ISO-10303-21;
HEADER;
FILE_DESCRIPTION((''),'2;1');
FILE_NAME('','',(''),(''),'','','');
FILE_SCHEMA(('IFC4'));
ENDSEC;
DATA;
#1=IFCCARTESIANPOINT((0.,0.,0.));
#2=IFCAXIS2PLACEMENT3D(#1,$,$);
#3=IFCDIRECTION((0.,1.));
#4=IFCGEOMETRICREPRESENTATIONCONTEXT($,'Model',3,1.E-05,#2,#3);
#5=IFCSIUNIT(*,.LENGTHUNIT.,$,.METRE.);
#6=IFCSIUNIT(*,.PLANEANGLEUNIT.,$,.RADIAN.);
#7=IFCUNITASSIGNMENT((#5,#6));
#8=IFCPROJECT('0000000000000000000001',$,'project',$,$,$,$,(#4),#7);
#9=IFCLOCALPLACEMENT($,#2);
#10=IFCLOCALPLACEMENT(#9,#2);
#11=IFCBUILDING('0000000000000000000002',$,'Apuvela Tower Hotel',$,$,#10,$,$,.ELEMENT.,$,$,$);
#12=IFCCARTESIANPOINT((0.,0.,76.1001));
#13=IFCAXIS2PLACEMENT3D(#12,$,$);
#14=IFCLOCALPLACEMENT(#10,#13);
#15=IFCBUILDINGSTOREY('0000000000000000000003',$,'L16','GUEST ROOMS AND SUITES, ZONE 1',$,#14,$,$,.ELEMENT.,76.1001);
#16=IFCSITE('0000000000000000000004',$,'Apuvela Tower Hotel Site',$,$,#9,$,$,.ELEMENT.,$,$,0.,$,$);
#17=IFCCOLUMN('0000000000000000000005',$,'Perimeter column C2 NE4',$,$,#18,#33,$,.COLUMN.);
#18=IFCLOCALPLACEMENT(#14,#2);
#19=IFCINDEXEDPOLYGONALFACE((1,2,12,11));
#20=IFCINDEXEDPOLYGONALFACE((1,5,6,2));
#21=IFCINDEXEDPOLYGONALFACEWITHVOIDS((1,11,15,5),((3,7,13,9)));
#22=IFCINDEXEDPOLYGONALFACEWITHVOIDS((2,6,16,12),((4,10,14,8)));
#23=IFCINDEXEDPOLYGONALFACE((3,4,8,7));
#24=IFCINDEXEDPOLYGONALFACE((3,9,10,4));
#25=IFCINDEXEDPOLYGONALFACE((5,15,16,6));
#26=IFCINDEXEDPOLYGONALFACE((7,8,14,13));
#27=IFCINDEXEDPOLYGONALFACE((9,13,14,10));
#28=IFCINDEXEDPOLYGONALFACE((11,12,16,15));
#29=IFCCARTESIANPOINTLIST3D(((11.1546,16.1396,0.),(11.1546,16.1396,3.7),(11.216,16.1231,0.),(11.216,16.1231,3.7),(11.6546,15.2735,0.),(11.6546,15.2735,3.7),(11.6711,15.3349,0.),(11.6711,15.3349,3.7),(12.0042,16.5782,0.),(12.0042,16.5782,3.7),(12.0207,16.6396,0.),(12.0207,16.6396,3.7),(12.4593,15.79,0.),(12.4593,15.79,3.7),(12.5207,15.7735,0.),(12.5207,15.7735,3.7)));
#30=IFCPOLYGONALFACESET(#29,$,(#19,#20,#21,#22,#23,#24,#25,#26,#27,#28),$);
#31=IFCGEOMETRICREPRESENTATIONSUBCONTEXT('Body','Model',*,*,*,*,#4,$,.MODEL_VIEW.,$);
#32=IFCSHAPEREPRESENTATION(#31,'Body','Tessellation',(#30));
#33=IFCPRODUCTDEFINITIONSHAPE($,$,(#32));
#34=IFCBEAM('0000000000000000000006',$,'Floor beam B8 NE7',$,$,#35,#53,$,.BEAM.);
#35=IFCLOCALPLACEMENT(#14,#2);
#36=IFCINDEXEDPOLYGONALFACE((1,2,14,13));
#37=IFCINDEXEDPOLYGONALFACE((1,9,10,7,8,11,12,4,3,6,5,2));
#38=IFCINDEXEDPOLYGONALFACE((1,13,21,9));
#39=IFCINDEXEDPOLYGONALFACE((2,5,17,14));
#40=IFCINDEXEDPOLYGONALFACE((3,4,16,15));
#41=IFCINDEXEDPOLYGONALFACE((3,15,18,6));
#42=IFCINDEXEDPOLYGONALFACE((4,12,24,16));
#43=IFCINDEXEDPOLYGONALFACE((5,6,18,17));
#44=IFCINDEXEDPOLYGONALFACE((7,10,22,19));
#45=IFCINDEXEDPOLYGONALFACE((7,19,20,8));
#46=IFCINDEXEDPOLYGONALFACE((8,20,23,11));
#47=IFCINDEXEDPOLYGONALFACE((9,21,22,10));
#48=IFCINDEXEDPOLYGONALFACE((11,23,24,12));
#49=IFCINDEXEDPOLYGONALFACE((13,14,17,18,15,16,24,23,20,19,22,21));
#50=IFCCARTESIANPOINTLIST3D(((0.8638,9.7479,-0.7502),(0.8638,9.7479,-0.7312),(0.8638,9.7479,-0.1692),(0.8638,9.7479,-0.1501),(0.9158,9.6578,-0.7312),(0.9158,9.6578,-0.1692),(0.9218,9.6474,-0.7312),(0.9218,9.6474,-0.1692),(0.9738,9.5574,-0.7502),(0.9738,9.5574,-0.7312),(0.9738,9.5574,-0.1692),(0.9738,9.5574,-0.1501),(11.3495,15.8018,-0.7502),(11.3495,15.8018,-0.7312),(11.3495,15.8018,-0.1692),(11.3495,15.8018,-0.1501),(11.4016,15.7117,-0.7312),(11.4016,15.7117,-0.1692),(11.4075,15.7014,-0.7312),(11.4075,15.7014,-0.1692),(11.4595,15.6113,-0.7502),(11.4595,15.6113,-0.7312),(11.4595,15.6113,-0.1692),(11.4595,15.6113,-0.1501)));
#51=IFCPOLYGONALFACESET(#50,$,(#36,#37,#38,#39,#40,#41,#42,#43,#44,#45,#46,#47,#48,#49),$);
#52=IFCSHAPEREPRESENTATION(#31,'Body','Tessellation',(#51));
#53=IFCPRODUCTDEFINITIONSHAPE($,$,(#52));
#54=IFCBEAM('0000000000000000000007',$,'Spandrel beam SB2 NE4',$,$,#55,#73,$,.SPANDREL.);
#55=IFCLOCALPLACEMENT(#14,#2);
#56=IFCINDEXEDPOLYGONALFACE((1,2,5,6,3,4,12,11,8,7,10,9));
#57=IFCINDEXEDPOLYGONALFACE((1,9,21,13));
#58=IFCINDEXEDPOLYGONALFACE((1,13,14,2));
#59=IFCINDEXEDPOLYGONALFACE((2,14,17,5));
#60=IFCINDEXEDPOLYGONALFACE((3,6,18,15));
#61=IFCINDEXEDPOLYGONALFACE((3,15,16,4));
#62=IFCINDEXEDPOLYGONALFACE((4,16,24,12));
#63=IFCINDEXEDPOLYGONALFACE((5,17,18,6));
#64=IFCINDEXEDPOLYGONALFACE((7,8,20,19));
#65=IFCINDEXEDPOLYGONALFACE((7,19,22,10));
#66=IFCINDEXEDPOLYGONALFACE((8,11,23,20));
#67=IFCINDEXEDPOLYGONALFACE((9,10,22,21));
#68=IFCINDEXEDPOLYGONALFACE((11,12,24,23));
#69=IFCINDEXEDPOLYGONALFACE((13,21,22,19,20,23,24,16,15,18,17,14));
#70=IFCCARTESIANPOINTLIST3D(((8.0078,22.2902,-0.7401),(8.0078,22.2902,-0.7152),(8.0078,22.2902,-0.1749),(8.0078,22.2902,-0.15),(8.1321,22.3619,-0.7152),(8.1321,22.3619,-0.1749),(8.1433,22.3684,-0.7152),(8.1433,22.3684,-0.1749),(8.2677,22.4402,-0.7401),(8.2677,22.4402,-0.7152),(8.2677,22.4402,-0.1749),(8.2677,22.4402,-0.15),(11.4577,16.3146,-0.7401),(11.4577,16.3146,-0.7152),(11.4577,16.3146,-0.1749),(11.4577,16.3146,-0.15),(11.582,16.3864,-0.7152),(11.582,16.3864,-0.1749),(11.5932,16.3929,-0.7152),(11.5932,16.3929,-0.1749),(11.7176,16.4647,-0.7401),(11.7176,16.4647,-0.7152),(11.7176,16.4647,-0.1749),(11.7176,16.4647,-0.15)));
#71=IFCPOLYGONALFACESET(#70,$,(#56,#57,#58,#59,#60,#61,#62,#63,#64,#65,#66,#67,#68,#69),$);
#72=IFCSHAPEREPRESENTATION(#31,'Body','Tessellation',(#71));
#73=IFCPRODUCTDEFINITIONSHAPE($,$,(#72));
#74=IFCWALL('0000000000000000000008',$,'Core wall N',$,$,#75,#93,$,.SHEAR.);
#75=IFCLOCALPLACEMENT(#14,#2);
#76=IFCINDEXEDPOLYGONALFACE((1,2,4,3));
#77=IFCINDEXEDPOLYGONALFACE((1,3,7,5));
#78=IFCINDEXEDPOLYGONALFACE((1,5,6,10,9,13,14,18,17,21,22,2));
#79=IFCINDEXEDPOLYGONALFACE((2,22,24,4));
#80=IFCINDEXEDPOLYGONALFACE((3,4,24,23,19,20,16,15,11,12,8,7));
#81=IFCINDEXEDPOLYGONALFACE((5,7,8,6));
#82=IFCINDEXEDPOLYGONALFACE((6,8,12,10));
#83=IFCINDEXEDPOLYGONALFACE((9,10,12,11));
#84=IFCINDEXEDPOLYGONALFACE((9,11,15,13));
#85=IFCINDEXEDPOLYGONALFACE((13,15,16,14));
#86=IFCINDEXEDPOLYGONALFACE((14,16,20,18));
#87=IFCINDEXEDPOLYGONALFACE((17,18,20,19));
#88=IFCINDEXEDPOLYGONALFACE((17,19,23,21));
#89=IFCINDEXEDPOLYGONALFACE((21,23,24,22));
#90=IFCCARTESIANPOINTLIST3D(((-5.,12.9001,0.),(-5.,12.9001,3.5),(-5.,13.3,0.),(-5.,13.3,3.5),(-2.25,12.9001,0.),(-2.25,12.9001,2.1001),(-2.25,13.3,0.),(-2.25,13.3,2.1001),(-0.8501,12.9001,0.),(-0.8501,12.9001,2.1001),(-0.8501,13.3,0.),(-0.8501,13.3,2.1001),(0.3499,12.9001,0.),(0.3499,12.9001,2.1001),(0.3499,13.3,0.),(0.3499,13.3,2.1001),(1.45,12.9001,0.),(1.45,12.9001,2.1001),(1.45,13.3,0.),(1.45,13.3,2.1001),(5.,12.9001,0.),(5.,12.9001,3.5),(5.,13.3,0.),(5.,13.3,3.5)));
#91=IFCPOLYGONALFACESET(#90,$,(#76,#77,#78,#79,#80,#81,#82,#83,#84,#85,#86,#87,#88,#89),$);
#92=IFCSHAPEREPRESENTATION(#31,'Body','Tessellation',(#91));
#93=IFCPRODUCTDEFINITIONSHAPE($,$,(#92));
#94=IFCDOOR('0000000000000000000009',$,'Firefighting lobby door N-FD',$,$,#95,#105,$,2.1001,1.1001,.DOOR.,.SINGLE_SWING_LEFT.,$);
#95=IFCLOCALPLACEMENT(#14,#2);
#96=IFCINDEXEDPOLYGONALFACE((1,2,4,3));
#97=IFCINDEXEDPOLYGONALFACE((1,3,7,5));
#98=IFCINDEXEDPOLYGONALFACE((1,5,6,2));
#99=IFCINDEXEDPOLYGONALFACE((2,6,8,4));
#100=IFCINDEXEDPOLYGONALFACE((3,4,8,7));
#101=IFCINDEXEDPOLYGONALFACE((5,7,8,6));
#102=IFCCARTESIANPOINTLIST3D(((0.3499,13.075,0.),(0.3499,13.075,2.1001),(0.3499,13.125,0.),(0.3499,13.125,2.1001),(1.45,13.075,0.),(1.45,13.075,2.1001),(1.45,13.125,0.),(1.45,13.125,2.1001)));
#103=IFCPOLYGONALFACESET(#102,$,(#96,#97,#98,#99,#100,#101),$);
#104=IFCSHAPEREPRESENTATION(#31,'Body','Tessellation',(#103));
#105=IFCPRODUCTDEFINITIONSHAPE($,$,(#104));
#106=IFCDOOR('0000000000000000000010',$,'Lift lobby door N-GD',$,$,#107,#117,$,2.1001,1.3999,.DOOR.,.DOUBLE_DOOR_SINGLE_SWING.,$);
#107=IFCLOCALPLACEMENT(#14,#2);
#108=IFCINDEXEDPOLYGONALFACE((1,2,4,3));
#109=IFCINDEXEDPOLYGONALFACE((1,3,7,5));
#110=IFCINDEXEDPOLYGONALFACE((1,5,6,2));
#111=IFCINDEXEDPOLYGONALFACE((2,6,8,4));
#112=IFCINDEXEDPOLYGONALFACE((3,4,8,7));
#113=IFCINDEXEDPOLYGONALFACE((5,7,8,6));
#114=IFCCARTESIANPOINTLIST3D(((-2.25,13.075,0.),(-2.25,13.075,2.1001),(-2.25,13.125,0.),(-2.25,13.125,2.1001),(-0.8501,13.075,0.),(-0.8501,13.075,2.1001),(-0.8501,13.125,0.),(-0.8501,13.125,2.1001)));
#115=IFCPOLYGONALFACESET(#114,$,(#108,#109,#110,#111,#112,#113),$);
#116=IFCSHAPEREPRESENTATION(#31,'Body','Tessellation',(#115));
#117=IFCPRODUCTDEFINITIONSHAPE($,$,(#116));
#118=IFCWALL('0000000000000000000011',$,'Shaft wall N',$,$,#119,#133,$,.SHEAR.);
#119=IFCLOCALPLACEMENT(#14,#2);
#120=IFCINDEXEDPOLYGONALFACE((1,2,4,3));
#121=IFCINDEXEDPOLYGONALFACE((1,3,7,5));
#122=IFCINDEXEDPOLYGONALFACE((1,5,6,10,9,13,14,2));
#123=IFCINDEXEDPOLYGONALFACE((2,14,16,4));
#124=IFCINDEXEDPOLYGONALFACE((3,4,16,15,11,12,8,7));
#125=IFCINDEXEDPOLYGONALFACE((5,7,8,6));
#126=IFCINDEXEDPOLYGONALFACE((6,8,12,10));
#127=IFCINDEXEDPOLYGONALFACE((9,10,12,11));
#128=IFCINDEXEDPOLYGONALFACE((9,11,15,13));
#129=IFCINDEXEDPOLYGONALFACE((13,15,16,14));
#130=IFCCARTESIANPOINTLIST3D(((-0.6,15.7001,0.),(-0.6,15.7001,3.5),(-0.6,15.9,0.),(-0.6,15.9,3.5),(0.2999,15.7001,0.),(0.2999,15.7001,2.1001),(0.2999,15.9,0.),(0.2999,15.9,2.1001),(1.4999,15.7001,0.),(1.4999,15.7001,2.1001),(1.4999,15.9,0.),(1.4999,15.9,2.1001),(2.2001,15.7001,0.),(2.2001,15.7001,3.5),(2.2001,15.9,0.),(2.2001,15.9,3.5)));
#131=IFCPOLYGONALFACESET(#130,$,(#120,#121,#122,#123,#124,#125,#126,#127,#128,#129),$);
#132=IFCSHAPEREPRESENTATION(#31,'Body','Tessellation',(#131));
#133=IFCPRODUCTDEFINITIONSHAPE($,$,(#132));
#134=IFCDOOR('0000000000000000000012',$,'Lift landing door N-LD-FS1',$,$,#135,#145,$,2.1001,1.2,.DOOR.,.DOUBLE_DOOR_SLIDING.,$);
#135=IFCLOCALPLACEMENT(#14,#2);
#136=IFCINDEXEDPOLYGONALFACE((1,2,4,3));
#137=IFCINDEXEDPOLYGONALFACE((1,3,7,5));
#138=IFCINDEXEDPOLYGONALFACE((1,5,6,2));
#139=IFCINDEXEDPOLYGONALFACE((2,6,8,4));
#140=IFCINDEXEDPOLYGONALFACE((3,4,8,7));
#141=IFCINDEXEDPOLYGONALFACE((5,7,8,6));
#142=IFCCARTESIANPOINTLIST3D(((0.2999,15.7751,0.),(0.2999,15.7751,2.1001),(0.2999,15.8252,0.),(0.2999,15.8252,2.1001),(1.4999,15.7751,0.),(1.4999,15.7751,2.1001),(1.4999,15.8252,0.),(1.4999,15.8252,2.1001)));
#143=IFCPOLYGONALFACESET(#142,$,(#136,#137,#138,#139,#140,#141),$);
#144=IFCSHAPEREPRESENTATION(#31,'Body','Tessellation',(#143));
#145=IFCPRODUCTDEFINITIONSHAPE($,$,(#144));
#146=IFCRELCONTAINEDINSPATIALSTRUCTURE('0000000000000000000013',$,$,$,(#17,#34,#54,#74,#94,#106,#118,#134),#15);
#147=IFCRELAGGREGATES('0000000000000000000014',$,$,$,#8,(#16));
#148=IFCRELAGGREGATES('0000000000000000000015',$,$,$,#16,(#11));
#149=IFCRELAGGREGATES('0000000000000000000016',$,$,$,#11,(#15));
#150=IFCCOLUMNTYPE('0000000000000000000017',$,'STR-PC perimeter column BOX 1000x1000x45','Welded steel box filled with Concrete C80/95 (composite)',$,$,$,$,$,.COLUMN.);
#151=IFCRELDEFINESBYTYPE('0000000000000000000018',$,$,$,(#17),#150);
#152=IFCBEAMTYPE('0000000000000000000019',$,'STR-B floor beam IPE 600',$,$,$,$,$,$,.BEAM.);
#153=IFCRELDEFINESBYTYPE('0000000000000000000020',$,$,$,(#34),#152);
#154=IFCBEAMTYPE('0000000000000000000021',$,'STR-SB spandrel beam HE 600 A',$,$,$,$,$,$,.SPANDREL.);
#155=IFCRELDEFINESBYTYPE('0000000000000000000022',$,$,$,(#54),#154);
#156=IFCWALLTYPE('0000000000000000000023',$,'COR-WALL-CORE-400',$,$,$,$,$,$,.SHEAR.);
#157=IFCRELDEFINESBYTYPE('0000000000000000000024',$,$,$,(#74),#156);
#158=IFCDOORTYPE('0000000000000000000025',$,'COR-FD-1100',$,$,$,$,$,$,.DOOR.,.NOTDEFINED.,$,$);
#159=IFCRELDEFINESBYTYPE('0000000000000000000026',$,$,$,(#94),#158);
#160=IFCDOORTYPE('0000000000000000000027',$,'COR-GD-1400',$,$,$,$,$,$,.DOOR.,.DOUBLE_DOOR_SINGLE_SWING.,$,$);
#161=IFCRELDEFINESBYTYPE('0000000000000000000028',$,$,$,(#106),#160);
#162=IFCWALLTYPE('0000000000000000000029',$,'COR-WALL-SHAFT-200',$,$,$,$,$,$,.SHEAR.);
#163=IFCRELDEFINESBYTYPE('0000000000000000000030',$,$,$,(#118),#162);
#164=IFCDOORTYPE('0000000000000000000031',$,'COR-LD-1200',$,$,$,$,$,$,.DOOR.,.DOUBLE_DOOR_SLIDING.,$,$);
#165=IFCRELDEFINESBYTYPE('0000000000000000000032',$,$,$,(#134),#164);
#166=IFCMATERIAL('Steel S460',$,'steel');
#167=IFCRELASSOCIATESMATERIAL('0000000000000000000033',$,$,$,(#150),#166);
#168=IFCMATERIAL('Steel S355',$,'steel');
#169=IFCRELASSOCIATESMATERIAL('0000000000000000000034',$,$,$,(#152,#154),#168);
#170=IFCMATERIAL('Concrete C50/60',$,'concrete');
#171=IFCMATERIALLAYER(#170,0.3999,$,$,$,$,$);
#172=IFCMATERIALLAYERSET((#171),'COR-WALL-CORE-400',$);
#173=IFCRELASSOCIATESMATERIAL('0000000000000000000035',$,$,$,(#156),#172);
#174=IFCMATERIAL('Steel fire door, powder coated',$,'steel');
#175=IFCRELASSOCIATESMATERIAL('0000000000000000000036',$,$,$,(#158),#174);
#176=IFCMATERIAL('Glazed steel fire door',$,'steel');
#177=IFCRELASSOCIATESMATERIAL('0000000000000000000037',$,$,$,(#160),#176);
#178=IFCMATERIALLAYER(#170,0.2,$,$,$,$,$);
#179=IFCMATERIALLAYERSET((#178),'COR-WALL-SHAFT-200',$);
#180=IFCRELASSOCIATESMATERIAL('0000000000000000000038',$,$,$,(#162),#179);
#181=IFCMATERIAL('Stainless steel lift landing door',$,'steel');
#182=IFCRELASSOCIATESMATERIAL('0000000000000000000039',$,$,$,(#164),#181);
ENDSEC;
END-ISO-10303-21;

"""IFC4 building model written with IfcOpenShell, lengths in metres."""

from ifc_helpers import new_model, si_unit, direction, frame, frame_2d, origin, origin_2d, place, context, subcontext, project, spatial, rectangle, hollow_rectangle, i_section, extrude, material, layer, layer_set, material_profile, profile_set, type_object, element, fill, save


model = new_model("IFC4")

# Units and contexts
model_context = context("Model", 3, precision=1e-05, world=origin(), true_north=direction((0.0, 1.0)))
body_context = subcontext(model_context, "Body", "Model", "MODEL_VIEW")
ifc_project = project(units=[si_unit("LENGTHUNIT", "METRE"), si_unit("PLANEANGLEUNIT", "RADIAN")], contexts=[model_context])

# Site, building, storey
site_placement = place(None, origin())
site = spatial("IfcSite", under=ifc_project, at=site_placement, Name="Apuvela Tower Hotel Site", CompositionType="ELEMENT", RefElevation=0.0)
building_placement = place(site_placement, origin())
building = spatial("IfcBuilding", under=site, at=building_placement, Name="Apuvela Tower Hotel", CompositionType="ELEMENT")
storey_placement = place(building_placement, frame((0.0, 0.0, 76.1001)))
storey = spatial("IfcBuildingStorey", under=building, at=storey_placement, Name="L16", Description="GUEST ROOMS AND SUITES, ZONE 1", CompositionType="ELEMENT", Elevation=76.1001)

# Column
ifc_material_1 = material(Name="Steel S460", Category="steel")
ifc_material_profile_1 = material_profile(ifc_material_1, hollow_rectangle(XDim=1.0, YDim=1.0, WallThickness=0.0449, at=origin_2d()), Name="BOX 1000x1000x45")
ifc_material_2 = material(Name="Concrete C80/95", Category="concrete")
ifc_material_profile_2 = material_profile(ifc_material_2, rectangle(XDim=0.9099, YDim=0.9099, at=origin_2d()), Name="Concrete C80/95 infill")
ifc_profile_set_1 = profile_set([ifc_material_profile_1, ifc_material_profile_2], Name="Steel S460")
column_type = type_object("IfcColumnType", Name="STR-PC perimeter column BOX 1000x1000x45", Description="Welded steel box filled with Concrete C80/95 (composite)", PredefinedType="COLUMN", material=ifc_profile_set_1)
column_placement = place(storey_placement, frame((11.8376, 15.9565, 0.0), z_axis=(0.0, 0.0, 1.0), x_axis=(-0.5, 0.866025, 0.0)))
element("IfcColumn", 1, at=column_placement, inside=storey, type_object=column_type, Name="Perimeter column C2 NE4", PredefinedType="COLUMN", context=body_context, shape_type="SweptSolid", body=[
    extrude(hollow_rectangle(XDim=1.0, YDim=1.0, WallThickness=0.0449, at=origin_2d()), origin(), (0.0, 0.0, 1.0), 3.7),
])

# Beams
ifc_material_3 = material(Name="Steel S355", Category="steel")
ifc_material_profile_3 = material_profile(ifc_material_3, i_section(OverallWidth=0.22, OverallDepth=0.6001, WebThickness=0.012, FlangeThickness=0.019, at=origin_2d()), Name="IPE 600")
ifc_profile_set_2 = profile_set([ifc_material_profile_3], Name="Steel S355")
beam_type_1 = type_object("IfcBeamType", Name="STR-B floor beam IPE 600", PredefinedType="BEAM", material=ifc_profile_set_2)
beam_1_placement = place(storey_placement, frame((11.4045, 15.7065, -0.4502), z_axis=(-0.866027, -0.499997, 0.0), x_axis=(0.499997, -0.866027, 0.0)))
element("IfcBeam", 2, at=beam_1_placement, inside=storey, type_object=beam_type_1, Name="Floor beam B8 NE7", PredefinedType="BEAM", context=body_context, shape_type="SweptSolid", body=[
    extrude(i_section(OverallWidth=0.22, OverallDepth=0.6001, WebThickness=0.012, FlangeThickness=0.019, at=origin_2d()), origin(), (0.0, 0.0, 1.0), 12.1079),
])
ifc_material_profile_4 = material_profile(ifc_material_3, i_section(OverallWidth=0.3, OverallDepth=0.5901, WebThickness=0.0129, FlangeThickness=0.0249, at=origin_2d()), Name="HE 600 A")
ifc_profile_set_3 = profile_set([ifc_material_profile_4], Name="Steel S355")
beam_type_2 = type_object("IfcBeamType", Name="STR-SB spandrel beam HE 600 A", PredefinedType="SPANDREL", material=ifc_profile_set_3)
beam_2_placement = place(storey_placement, frame((11.5876, 16.3896, -0.4451), z_axis=(-0.499994, 0.866029, 0.0), x_axis=(-0.866029, -0.499994, 0.0)))
element("IfcBeam", 3, at=beam_2_placement, inside=storey, type_object=beam_type_2, Name="Spandrel beam SB2 NE4", PredefinedType="SPANDREL", context=body_context, shape_type="SweptSolid", body=[
    extrude(i_section(OverallWidth=0.3, OverallDepth=0.5901, WebThickness=0.0129, FlangeThickness=0.0249, at=origin_2d()), origin(), (0.0, 0.0, 1.0), 6.8999),
])

# Wall, openings, doors
ifc_material_4 = material(Name="Concrete C50/60", Category="concrete")
ifc_layer_1 = layer(ifc_material_4, 0.3999)
ifc_layer_set_1 = layer_set([ifc_layer_1], Name="COR-WALL-CORE-400")
wall_type_1 = type_object("IfcWallType", Name="COR-WALL-CORE-400", PredefinedType="SHEAR", material=ifc_layer_set_1)
wall_1_placement = place(storey_placement, frame((5.0, 13.1001, 0.0), z_axis=(0.0, 0.0, 1.0), x_axis=(-1.0, 0.0, 0.0)))
wall_1 = element("IfcWall", 4, at=wall_1_placement, inside=storey, type_object=wall_type_1, Name="Core wall N", PredefinedType="SHEAR", context=body_context, shape_type="SweptSolid", body=[
    extrude(rectangle(XDim=10.0, YDim=0.3999, at=frame_2d((5.0, 0.0))), origin(), (0.0, 0.0, 1.0), 3.5),
])
opening_1_placement = place(wall_1_placement, frame((3.55, 0.0, 0.0)))
opening_1 = element("IfcOpeningElement", 5, at=opening_1_placement, cuts=wall_1, PredefinedType="OPENING", context=body_context, shape_type="SweptSolid", body=[
    extrude(rectangle(XDim=1.1001, YDim=2.1001, at=frame_2d((0.55, 1.05))), frame((0.0, 0.21, 0.0), z_axis=(0.0, -1.0, 0.0), x_axis=(1.0, 0.0, 0.0)), (0.0, 0.0, 1.0), 0.4199),
])
opening_2_placement = place(wall_1_placement, frame((5.8501, 0.0, 0.0)))
opening_2 = element("IfcOpeningElement", 6, at=opening_2_placement, cuts=wall_1, PredefinedType="OPENING", context=body_context, shape_type="SweptSolid", body=[
    extrude(rectangle(XDim=1.3999, YDim=2.1001, at=frame_2d((0.7, 1.05))), frame((0.0, 0.21, 0.0), z_axis=(0.0, -1.0, 0.0), x_axis=(1.0, 0.0, 0.0)), (0.0, 0.0, 1.0), 0.4199),
])
ifc_material_5 = material(Name="Steel fire door, powder coated", Category="steel")
door_type_1 = type_object("IfcDoorType", Name="COR-FD-1100", OperationType="NOTDEFINED", PredefinedType="DOOR", material=ifc_material_5)
door_1_placement = place(opening_1_placement, frame((1.1001, 0.0, 0.0), z_axis=(0.0, 0.0, 1.0), x_axis=(-1.0, 0.0, 0.0)))
door_1 = element("IfcDoor", 7, at=door_1_placement, inside=storey, type_object=door_type_1, Name="Firefighting lobby door N-FD", OperationType="SINGLE_SWING_LEFT", OverallHeight=2.1001, OverallWidth=1.1001, PredefinedType="DOOR", context=body_context, shape_type="SweptSolid", body=[
    extrude(rectangle(XDim=1.1001, YDim=2.1001, at=frame_2d((0.55, 1.05))), frame((0.0, 0.0249, 0.0), z_axis=(0.0, -1.0, 0.0), x_axis=(1.0, 0.0, 0.0)), (0.0, 0.0, 1.0), 0.05),
])
fill(opening_1, door_1)
ifc_material_6 = material(Name="Glazed steel fire door", Category="steel")
door_type_2 = type_object("IfcDoorType", Name="COR-GD-1400", OperationType="DOUBLE_DOOR_SINGLE_SWING", PredefinedType="DOOR", material=ifc_material_6)
door_2_placement = place(opening_2_placement, frame((1.3999, 0.0, 0.0), z_axis=(0.0, 0.0, 1.0), x_axis=(-1.0, 0.0, 0.0)))
door_2 = element("IfcDoor", 8, at=door_2_placement, inside=storey, type_object=door_type_2, Name="Lift lobby door N-GD", OperationType="DOUBLE_DOOR_SINGLE_SWING", OverallHeight=2.1001, OverallWidth=1.3999, PredefinedType="DOOR", context=body_context, shape_type="SweptSolid", body=[
    extrude(rectangle(XDim=1.3999, YDim=2.1001, at=frame_2d((0.7, 1.05))), frame((0.0, 0.0249, 0.0), z_axis=(0.0, -1.0, 0.0), x_axis=(1.0, 0.0, 0.0)), (0.0, 0.0, 1.0), 0.05),
])
fill(opening_2, door_2)

# Wall, opening, door
ifc_layer_2 = layer(ifc_material_4, 0.2)
ifc_layer_set_2 = layer_set([ifc_layer_2], Name="COR-WALL-SHAFT-200")
wall_type_2 = type_object("IfcWallType", Name="COR-WALL-SHAFT-200", PredefinedType="SHEAR", material=ifc_layer_set_2)
wall_2_placement = place(storey_placement, frame((2.2, 15.8, 0.0), z_axis=(0.0, 0.0, 1.0), x_axis=(-1.0, 0.0, 0.0)))
wall_2 = element("IfcWall", 9, at=wall_2_placement, inside=storey, type_object=wall_type_2, Name="Shaft wall N", PredefinedType="SHEAR", context=body_context, shape_type="SweptSolid", body=[
    extrude(rectangle(XDim=2.8, YDim=0.2, at=frame_2d((1.3999, 0.0))), origin(), (0.0, 0.0, 1.0), 3.5),
])
opening_3_placement = place(wall_2_placement, frame((0.7, 0.0, 0.0)))
opening_3 = element("IfcOpeningElement", 10, at=opening_3_placement, cuts=wall_2, PredefinedType="OPENING", context=body_context, shape_type="SweptSolid", body=[
    extrude(rectangle(XDim=1.2, YDim=2.1001, at=frame_2d((0.6001, 1.05))), frame((0.0, 0.1099, 0.0), z_axis=(0.0, -1.0, 0.0), x_axis=(1.0, 0.0, 0.0)), (0.0, 0.0, 1.0), 0.22),
])
ifc_material_7 = material(Name="Stainless steel lift landing door", Category="steel")
door_type_3 = type_object("IfcDoorType", Name="COR-LD-1200", OperationType="DOUBLE_DOOR_SLIDING", PredefinedType="DOOR", material=ifc_material_7)
door_3_placement = place(opening_3_placement, origin())
door_3 = element("IfcDoor", 11, at=door_3_placement, inside=storey, type_object=door_type_3, Name="Lift landing door N-LD-FS1", OperationType="DOUBLE_DOOR_SLIDING", OverallHeight=2.1001, OverallWidth=1.2, PredefinedType="DOOR", context=body_context, shape_type="SweptSolid", body=[
    extrude(rectangle(XDim=1.2, YDim=2.1001, at=frame_2d((0.6001, 1.05))), frame((0.0, 0.0249, 0.0), z_axis=(0.0, -1.0, 0.0), x_axis=(1.0, 0.0, 0.0)), (0.0, 0.0, 1.0), 0.05),
])
fill(opening_3, door_3)

save(model, "model.ifc")
